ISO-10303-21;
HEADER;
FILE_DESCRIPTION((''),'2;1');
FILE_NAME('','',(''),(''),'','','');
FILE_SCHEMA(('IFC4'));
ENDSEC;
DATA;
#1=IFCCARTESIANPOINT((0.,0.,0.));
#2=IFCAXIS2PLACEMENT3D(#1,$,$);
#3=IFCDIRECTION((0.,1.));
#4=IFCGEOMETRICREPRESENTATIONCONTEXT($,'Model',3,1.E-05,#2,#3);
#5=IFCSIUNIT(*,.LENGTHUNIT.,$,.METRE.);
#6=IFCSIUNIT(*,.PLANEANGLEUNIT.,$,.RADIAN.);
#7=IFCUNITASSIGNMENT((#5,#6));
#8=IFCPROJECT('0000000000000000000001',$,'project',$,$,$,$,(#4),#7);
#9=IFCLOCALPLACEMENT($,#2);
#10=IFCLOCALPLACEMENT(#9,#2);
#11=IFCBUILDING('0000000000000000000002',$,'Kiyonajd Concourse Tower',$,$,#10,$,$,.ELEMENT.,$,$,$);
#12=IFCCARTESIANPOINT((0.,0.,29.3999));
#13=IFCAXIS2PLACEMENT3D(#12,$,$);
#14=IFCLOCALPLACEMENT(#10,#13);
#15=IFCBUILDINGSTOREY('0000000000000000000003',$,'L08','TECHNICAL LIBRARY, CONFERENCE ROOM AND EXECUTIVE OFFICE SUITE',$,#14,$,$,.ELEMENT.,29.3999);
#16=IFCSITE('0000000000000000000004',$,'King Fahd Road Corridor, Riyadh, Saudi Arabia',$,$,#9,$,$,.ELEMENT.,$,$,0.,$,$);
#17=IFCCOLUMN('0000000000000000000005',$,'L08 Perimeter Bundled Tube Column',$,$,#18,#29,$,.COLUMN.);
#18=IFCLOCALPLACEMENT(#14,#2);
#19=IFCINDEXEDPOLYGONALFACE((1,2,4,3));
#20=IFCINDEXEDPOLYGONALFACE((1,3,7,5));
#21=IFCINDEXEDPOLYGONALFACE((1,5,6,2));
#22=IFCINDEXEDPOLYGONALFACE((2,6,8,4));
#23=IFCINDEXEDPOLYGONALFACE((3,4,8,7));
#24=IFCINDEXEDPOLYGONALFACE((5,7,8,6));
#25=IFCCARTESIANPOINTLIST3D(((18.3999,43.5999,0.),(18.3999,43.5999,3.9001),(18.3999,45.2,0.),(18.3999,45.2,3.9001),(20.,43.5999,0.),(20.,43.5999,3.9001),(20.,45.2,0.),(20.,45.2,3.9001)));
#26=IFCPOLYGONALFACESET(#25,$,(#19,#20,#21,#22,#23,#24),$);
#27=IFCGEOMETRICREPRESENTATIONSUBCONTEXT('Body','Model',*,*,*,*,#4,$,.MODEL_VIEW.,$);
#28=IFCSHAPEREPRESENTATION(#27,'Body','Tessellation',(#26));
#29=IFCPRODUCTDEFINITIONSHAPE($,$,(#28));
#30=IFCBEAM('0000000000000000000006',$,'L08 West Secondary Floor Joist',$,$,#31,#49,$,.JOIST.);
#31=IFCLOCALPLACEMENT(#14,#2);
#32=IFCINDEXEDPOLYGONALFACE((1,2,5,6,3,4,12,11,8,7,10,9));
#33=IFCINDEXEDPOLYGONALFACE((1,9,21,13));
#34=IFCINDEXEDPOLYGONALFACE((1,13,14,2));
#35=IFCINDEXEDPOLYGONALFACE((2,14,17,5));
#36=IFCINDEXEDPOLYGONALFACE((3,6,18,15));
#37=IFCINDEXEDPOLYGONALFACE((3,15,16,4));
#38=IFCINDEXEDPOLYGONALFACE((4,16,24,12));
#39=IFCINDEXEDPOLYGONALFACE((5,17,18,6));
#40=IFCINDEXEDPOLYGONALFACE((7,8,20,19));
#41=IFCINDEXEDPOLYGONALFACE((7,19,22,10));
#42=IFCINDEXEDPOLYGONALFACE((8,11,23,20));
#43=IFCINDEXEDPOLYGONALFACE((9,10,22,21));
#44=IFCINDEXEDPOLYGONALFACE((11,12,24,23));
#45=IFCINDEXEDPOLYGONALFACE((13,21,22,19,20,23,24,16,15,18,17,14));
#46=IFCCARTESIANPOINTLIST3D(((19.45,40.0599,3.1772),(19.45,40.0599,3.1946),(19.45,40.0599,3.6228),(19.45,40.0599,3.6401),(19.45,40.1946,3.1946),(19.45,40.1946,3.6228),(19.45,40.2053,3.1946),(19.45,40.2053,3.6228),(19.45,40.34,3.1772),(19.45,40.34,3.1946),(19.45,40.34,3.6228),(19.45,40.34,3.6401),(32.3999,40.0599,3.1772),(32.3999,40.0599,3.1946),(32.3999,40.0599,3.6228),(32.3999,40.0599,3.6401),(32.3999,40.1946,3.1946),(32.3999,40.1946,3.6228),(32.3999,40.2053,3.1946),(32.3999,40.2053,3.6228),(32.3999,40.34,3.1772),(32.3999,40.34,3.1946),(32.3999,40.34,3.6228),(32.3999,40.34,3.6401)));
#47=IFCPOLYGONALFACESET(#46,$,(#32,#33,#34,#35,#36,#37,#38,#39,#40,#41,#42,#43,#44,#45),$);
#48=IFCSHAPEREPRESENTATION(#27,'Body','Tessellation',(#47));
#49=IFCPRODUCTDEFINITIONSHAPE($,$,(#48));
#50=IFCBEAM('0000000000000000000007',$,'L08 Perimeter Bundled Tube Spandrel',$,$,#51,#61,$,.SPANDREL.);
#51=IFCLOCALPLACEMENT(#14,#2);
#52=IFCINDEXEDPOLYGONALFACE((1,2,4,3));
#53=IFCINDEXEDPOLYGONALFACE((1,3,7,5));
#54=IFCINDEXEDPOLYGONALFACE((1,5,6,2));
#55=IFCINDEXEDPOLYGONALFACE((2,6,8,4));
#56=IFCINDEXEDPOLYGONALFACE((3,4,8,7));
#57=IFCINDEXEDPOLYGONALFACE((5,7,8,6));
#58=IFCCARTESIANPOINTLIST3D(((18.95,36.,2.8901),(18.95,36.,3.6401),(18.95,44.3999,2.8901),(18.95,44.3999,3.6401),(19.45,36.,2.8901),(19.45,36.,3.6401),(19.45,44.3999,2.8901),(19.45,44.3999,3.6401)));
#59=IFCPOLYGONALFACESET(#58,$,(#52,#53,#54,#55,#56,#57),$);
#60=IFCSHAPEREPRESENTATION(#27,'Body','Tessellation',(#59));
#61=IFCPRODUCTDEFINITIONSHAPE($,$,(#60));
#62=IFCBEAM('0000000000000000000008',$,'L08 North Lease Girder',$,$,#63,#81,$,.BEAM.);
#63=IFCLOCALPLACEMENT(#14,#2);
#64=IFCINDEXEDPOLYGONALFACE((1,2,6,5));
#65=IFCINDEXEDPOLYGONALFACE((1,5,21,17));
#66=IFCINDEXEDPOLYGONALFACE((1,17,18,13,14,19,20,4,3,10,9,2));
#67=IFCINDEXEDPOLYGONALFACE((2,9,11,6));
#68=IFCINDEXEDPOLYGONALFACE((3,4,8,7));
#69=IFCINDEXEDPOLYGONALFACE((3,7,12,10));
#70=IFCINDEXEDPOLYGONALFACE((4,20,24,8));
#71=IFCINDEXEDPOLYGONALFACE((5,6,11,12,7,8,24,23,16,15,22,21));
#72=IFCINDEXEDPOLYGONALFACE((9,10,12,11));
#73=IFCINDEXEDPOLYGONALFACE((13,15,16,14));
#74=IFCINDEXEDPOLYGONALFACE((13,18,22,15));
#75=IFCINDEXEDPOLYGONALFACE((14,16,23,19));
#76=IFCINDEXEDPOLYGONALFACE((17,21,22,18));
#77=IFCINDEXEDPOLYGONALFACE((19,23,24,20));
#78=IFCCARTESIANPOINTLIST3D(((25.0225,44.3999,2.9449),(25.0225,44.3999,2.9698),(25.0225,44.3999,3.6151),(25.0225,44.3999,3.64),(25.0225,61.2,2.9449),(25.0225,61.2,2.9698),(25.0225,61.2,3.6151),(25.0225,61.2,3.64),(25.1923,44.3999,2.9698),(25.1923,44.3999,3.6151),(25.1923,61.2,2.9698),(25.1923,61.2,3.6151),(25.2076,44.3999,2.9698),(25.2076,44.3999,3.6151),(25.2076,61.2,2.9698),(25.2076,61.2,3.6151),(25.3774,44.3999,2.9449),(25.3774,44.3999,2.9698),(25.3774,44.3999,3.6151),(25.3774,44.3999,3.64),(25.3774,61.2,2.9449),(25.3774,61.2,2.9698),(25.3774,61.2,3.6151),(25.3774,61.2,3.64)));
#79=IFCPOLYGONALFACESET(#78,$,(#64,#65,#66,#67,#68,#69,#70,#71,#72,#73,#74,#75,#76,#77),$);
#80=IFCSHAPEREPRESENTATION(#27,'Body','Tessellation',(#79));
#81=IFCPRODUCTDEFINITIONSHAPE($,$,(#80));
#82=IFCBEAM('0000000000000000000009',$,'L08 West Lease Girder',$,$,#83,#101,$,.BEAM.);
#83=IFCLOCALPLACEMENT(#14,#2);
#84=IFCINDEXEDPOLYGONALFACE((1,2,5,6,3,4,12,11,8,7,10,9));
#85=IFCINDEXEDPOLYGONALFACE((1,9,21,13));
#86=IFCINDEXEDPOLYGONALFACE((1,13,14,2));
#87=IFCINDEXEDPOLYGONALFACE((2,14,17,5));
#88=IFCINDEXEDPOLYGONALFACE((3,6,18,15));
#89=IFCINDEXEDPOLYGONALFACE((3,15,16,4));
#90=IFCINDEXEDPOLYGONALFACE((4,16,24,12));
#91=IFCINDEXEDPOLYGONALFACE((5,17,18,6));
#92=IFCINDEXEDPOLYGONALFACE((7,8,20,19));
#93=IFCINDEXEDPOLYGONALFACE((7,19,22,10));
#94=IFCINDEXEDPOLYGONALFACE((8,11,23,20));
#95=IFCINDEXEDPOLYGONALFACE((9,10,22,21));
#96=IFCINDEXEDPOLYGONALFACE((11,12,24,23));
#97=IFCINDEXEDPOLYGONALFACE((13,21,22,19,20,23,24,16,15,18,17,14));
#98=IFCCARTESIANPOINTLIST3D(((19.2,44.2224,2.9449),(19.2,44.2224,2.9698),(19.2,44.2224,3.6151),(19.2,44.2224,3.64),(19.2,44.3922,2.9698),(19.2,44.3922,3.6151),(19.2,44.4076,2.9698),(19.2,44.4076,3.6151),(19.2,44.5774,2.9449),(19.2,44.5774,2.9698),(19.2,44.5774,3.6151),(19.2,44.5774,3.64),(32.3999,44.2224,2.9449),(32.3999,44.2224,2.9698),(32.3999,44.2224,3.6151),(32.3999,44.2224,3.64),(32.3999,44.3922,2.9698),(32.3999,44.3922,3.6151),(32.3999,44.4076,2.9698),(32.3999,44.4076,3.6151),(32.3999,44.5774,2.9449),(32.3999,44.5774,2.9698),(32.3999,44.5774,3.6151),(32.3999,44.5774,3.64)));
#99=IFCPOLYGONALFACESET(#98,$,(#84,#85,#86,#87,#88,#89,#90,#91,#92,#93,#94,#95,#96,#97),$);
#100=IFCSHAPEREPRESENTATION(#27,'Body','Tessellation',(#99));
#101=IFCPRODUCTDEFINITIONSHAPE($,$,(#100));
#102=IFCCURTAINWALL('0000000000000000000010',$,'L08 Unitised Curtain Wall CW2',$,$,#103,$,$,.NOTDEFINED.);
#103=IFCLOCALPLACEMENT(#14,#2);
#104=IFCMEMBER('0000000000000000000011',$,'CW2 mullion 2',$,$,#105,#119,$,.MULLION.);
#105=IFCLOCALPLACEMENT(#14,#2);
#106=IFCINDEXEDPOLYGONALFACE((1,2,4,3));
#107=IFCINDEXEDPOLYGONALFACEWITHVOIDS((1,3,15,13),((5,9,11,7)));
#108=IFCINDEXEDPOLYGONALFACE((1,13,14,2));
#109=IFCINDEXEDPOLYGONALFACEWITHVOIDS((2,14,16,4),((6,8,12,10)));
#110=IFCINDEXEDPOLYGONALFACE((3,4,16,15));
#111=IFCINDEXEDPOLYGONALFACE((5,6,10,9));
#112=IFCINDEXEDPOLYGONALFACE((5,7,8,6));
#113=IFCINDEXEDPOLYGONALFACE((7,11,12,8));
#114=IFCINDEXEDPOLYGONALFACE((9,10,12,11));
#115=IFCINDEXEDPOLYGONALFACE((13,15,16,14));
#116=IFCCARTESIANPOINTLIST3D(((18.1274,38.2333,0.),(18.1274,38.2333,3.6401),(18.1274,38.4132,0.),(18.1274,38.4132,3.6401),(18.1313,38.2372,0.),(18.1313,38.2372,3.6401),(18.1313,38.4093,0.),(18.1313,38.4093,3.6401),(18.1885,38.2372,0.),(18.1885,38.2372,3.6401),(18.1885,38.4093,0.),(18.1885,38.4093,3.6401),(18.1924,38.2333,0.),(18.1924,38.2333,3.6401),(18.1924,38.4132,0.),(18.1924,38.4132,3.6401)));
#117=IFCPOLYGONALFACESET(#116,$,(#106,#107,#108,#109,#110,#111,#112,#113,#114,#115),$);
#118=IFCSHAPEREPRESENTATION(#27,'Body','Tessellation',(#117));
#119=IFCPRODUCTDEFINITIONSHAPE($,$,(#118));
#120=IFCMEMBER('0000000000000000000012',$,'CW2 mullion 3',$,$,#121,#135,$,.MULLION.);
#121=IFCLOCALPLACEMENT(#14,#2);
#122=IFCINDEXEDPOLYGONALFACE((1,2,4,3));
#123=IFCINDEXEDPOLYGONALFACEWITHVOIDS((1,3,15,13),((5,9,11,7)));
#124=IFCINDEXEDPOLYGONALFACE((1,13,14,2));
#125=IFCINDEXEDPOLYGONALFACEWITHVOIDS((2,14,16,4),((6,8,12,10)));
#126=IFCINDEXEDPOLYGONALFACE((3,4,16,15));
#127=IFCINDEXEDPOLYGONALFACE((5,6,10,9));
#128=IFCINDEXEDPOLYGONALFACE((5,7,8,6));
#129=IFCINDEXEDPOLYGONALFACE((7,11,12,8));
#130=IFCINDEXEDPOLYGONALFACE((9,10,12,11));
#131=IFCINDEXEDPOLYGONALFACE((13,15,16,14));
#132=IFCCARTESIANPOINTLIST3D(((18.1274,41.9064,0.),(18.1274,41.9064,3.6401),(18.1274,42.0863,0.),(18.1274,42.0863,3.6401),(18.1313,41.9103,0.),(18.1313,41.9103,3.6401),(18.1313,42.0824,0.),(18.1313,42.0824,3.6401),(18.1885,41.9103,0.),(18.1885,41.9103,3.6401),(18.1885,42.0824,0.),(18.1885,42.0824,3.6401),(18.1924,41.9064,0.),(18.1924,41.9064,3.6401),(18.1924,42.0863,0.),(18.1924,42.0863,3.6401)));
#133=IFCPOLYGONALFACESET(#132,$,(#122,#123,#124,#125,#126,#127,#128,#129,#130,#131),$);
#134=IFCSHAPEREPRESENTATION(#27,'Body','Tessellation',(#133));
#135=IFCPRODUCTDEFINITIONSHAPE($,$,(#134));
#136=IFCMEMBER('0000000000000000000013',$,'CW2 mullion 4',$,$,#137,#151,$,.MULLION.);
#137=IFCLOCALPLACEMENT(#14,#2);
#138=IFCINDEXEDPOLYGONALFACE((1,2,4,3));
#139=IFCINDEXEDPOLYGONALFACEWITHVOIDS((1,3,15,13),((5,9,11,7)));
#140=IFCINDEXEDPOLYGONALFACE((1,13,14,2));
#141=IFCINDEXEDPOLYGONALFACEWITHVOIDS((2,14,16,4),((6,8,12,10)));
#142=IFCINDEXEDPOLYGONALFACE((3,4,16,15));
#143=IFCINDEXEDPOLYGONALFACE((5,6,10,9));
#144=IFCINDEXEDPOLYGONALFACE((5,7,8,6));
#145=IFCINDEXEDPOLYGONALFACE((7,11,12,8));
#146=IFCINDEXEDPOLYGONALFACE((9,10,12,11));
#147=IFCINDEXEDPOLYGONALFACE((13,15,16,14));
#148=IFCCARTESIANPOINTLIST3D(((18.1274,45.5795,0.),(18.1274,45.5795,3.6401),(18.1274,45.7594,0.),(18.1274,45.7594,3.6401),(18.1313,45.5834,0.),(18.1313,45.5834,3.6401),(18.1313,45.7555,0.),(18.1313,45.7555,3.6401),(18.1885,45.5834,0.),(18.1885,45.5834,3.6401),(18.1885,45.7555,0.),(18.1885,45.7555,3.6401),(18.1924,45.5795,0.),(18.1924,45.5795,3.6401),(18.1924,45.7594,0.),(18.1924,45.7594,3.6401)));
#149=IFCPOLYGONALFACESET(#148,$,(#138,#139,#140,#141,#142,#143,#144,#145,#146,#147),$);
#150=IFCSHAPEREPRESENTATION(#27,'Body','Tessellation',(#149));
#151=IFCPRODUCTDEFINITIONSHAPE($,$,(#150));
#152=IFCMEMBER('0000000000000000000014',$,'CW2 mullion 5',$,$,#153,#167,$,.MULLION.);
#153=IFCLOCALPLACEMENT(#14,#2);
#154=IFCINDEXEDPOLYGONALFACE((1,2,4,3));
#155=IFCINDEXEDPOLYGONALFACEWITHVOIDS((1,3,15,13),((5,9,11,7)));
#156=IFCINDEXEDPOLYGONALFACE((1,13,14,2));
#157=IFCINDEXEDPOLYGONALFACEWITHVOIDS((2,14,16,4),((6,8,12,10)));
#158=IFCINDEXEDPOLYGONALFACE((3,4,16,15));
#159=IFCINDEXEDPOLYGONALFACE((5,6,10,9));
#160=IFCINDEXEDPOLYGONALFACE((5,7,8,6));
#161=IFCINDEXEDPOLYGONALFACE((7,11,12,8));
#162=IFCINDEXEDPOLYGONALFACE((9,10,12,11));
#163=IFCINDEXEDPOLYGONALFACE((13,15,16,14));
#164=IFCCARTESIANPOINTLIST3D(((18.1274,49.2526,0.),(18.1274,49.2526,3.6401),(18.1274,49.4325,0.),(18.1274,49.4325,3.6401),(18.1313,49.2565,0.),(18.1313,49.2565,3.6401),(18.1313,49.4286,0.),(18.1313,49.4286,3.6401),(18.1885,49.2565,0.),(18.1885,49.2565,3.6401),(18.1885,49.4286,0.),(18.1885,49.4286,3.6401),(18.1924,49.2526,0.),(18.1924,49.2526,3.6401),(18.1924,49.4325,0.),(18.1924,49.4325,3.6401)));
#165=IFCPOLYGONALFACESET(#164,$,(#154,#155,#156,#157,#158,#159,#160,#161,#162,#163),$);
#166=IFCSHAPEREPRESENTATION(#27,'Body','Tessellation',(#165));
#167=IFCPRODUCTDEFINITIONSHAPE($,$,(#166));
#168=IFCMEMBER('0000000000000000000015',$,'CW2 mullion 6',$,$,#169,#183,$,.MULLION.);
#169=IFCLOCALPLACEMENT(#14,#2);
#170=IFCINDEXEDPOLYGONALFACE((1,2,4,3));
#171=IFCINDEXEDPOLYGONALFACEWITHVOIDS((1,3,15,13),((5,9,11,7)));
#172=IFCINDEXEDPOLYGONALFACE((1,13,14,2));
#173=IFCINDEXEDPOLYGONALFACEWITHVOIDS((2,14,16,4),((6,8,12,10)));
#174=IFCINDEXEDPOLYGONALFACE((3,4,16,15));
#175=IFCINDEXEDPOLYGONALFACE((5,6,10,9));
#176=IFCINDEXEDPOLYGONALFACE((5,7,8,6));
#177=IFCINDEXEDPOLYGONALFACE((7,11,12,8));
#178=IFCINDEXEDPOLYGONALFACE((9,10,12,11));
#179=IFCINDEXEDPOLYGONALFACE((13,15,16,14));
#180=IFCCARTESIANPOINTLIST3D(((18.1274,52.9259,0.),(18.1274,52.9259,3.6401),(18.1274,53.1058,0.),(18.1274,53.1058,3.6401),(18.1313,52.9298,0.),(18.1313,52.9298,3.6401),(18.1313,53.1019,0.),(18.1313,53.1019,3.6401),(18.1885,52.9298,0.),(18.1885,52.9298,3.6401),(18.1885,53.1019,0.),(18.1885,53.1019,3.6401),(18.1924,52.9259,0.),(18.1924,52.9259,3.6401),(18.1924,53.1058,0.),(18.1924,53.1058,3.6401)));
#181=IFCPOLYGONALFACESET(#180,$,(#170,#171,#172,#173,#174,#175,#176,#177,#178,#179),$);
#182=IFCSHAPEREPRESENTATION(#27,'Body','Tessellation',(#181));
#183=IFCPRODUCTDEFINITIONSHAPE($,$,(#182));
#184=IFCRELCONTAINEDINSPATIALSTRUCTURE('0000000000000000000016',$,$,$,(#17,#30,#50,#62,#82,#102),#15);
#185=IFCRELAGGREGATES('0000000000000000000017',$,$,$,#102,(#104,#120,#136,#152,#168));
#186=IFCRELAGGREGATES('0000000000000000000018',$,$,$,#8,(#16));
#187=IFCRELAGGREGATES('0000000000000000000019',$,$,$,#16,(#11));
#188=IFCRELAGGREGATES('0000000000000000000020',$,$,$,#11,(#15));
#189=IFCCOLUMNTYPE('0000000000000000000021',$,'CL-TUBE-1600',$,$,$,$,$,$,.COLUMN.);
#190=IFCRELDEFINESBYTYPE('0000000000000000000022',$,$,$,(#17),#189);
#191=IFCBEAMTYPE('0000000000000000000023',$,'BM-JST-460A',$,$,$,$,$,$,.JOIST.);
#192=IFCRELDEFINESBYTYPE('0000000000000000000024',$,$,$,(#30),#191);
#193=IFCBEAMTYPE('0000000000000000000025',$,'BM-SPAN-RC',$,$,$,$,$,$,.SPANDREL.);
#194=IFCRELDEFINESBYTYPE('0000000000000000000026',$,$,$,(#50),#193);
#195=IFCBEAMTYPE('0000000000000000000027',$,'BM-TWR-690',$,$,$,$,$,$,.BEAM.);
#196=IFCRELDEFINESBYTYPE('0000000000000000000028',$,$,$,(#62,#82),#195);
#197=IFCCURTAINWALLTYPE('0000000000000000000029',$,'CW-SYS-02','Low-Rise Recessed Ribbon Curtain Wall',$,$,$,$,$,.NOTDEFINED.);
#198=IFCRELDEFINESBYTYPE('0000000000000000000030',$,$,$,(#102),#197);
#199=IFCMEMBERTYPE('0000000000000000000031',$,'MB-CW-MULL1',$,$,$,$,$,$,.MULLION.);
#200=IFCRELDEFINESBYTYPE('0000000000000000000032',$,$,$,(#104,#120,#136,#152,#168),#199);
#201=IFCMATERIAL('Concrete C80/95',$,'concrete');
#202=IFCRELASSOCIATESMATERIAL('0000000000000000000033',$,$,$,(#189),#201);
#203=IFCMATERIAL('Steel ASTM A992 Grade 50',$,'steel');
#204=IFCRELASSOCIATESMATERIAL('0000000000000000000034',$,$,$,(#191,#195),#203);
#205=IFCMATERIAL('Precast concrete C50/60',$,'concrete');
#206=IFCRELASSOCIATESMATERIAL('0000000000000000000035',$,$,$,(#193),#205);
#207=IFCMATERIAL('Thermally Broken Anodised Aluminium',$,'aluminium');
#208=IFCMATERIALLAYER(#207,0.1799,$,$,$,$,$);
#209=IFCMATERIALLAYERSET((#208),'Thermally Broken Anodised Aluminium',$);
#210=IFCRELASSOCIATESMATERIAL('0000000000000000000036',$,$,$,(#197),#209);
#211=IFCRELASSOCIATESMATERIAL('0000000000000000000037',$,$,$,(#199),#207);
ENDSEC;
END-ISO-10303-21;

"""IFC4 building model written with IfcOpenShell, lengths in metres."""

from ifc_helpers import new_model, si_unit, direction, frame, origin, origin_2d, place, context, subcontext, project, spatial, rectangle, hollow_rectangle, i_section, extrude, material, layer, layer_set, material_profile, profile_set, type_object, element, aggregate, save


model = new_model("IFC4")

# Units and contexts
model_context = context("Model", 3, precision=1e-05, world=origin(), true_north=direction((0.0, 1.0)))
body_context = subcontext(model_context, "Body", "Model", "MODEL_VIEW")
ifc_project = project(units=[si_unit("LENGTHUNIT", "METRE"), si_unit("PLANEANGLEUNIT", "RADIAN")], contexts=[model_context])

# Site, building, storey
site_placement = place(None, origin())
site = spatial("IfcSite", under=ifc_project, at=site_placement, Name="King Fahd Road Corridor, Riyadh, Saudi Arabia", CompositionType="ELEMENT", RefElevation=0.0)
building_placement = place(site_placement, origin())
building = spatial("IfcBuilding", under=site, at=building_placement, Name="Kiyonajd Concourse Tower", CompositionType="ELEMENT")
storey_placement = place(building_placement, frame((0.0, 0.0, 29.3999)))
storey = spatial("IfcBuildingStorey", under=building, at=storey_placement, Name="L08", Description="TECHNICAL LIBRARY, CONFERENCE ROOM AND EXECUTIVE OFFICE SUITE", CompositionType="ELEMENT", Elevation=29.3999)

# Column
ifc_material_1 = material(Name="Concrete C80/95", Category="concrete")
ifc_material_profile_1 = material_profile(ifc_material_1, rectangle(XDim=1.6001, YDim=1.6001, at=origin_2d()), Name="RC-1600x1600")
ifc_profile_set_1 = profile_set([ifc_material_profile_1], Name="Concrete C80/95")
column_type = type_object("IfcColumnType", Name="CL-TUBE-1600", PredefinedType="COLUMN", material=ifc_profile_set_1)
column_placement = place(storey_placement, frame((19.2, 44.3999, 0.0), z_axis=(0.0, 0.0, 1.0), x_axis=(1.0, 0.0, 0.0)))
element("IfcColumn", 1, at=column_placement, inside=storey, type_object=column_type, Name="L08 Perimeter Bundled Tube Column", PredefinedType="COLUMN", context=body_context, shape_type="SweptSolid", body=[
    extrude(rectangle(XDim=1.6001, YDim=1.6001, at=origin_2d()), origin(), (0.0, 0.0, 1.0), 3.9001),
])

# Beams
ifc_material_2 = material(Name="Steel ASTM A992 Grade 50", Category="steel")
ifc_material_profile_2 = material_profile(ifc_material_2, i_section(OverallWidth=0.28, OverallDepth=0.4629, WebThickness=0.0107, FlangeThickness=0.0173, at=origin_2d()), Name="W460X113")
ifc_profile_set_2 = profile_set([ifc_material_profile_2], Name="Steel ASTM A992 Grade 50")
beam_type_1 = type_object("IfcBeamType", Name="BM-JST-460A", PredefinedType="JOIST", material=ifc_profile_set_2)
beam_1_placement = place(storey_placement, frame((19.45, 40.2, 3.4087), z_axis=(1.0, 0.0, 0.0), x_axis=(0.0, 1.0, 0.0)))
element("IfcBeam", 2, at=beam_1_placement, inside=storey, type_object=beam_type_1, Name="L08 West Secondary Floor Joist", PredefinedType="JOIST", context=body_context, shape_type="SweptSolid", body=[
    extrude(i_section(OverallWidth=0.28, OverallDepth=0.4629, WebThickness=0.0107, FlangeThickness=0.0173, at=origin_2d()), origin(), (0.0, 0.0, 1.0), 12.95),
])
ifc_material_3 = material(Name="Precast concrete C50/60", Category="concrete")
ifc_material_profile_3 = material_profile(ifc_material_3, rectangle(XDim=0.5, YDim=0.75, at=origin_2d()), Name="RCBM-500x750")
ifc_profile_set_3 = profile_set([ifc_material_profile_3], Name="Precast concrete C50/60")
beam_type_2 = type_object("IfcBeamType", Name="BM-SPAN-RC", PredefinedType="SPANDREL", material=ifc_profile_set_3)
beam_2_placement = place(storey_placement, frame((19.2, 44.3999, 3.2651), z_axis=(0.0, -1.0, 0.0), x_axis=(1.0, 0.0, 0.0)))
element("IfcBeam", 3, at=beam_2_placement, inside=storey, type_object=beam_type_2, Name="L08 Perimeter Bundled Tube Spandrel", PredefinedType="SPANDREL", context=body_context, shape_type="SweptSolid", body=[
    extrude(rectangle(XDim=0.5, YDim=0.75, at=origin_2d()), origin(), (0.0, 0.0, 1.0), 8.3999),
])
ifc_material_profile_4 = material_profile(ifc_material_2, i_section(OverallWidth=0.355, OverallDepth=0.6951, WebThickness=0.0154, FlangeThickness=0.0249, at=origin_2d()), Name="W690X217")
ifc_profile_set_4 = profile_set([ifc_material_profile_4], Name="Steel ASTM A992 Grade 50")
beam_type_3 = type_object("IfcBeamType", Name="BM-TWR-690", PredefinedType="BEAM", material=ifc_profile_set_4)
beam_3_placement = place(storey_placement, frame((25.2, 44.3999, 3.2925), z_axis=(0.0, 1.0, 0.0), x_axis=(-1.0, 0.0, 0.0)))
element("IfcBeam", 4, at=beam_3_placement, inside=storey, type_object=beam_type_3, Name="L08 North Lease Girder", PredefinedType="BEAM", context=body_context, shape_type="SweptSolid", body=[
    extrude(i_section(OverallWidth=0.355, OverallDepth=0.6951, WebThickness=0.0154, FlangeThickness=0.0249, at=origin_2d()), origin(), (0.0, 0.0, 1.0), 16.8),
])
beam_4_placement = place(storey_placement, frame((19.2, 44.3999, 3.2925), z_axis=(1.0, 0.0, 0.0), x_axis=(0.0, 1.0, 0.0)))
element("IfcBeam", 5, at=beam_4_placement, inside=storey, type_object=beam_type_3, Name="L08 West Lease Girder", PredefinedType="BEAM", context=body_context, shape_type="SweptSolid", body=[
    extrude(i_section(OverallWidth=0.355, OverallDepth=0.6951, WebThickness=0.0154, FlangeThickness=0.0249, at=origin_2d()), origin(), (0.0, 0.0, 1.0), 13.2),
])

# Curtain wall, members
ifc_material_4 = material(Name="Thermally Broken Anodised Aluminium", Category="aluminium")
ifc_layer_1 = layer(ifc_material_4, 0.1799)
ifc_layer_set_1 = layer_set([ifc_layer_1], Name="Thermally Broken Anodised Aluminium")
curtain_wall_type = type_object("IfcCurtainWallType", Name="CW-SYS-02", Description="Low-Rise Recessed Ribbon Curtain Wall", PredefinedType="NOTDEFINED", material=ifc_layer_set_1)
curtain_wall_placement = place(storey_placement, origin())
curtain_wall = element("IfcCurtainWall", 6, at=curtain_wall_placement, inside=storey, type_object=curtain_wall_type, Name="L08 Unitised Curtain Wall CW2", PredefinedType="NOTDEFINED")
ifc_material_profile_5 = material_profile(ifc_material_4, hollow_rectangle(XDim=0.0649, YDim=0.1799, WallThickness=0.0039, at=origin_2d()), Name="MULL-65x180")
ifc_profile_set_5 = profile_set([ifc_material_profile_5], Name="Thermally Broken Anodised Aluminium")
member_type_1 = type_object("IfcMemberType", Name="MB-CW-MULL1", PredefinedType="MULLION", material=ifc_profile_set_5)
member_1_placement = place(storey_placement, frame((18.1599, 38.3232, 0.0), z_axis=(0.0, 0.0, 1.0), x_axis=(-1.0, 0.0, 0.0)))
member_1 = element("IfcMember", 7, at=member_1_placement, type_object=member_type_1, Name="CW2 mullion 2", PredefinedType="MULLION", context=body_context, shape_type="SweptSolid", body=[
    extrude(hollow_rectangle(XDim=0.0649, YDim=0.1799, WallThickness=0.0039, at=origin_2d()), origin(), (0.0, 0.0, 1.0), 3.6401),
])
member_2_placement = place(storey_placement, frame((18.1599, 41.9963, 0.0), z_axis=(0.0, 0.0, 1.0), x_axis=(-1.0, 0.0, 0.0)))
member_2 = element("IfcMember", 8, at=member_2_placement, type_object=member_type_1, Name="CW2 mullion 3", PredefinedType="MULLION", context=body_context, shape_type="SweptSolid", body=[
    extrude(hollow_rectangle(XDim=0.0649, YDim=0.1799, WallThickness=0.0039, at=origin_2d()), origin(), (0.0, 0.0, 1.0), 3.6401),
])
member_3_placement = place(storey_placement, frame((18.1599, 45.6694, 0.0), z_axis=(0.0, 0.0, 1.0), x_axis=(-1.0, 0.0, 0.0)))
member_3 = element("IfcMember", 9, at=member_3_placement, type_object=member_type_1, Name="CW2 mullion 4", PredefinedType="MULLION", context=body_context, shape_type="SweptSolid", body=[
    extrude(hollow_rectangle(XDim=0.0649, YDim=0.1799, WallThickness=0.0039, at=origin_2d()), origin(), (0.0, 0.0, 1.0), 3.6401),
])
member_4_placement = place(storey_placement, frame((18.1599, 49.3425, 0.0), z_axis=(0.0, 0.0, 1.0), x_axis=(-1.0, 0.0, 0.0)))
member_4 = element("IfcMember", 10, at=member_4_placement, type_object=member_type_1, Name="CW2 mullion 5", PredefinedType="MULLION", context=body_context, shape_type="SweptSolid", body=[
    extrude(hollow_rectangle(XDim=0.0649, YDim=0.1799, WallThickness=0.0039, at=origin_2d()), origin(), (0.0, 0.0, 1.0), 3.6401),
])
member_5_placement = place(storey_placement, frame((18.1599, 53.0159, 0.0), z_axis=(0.0, 0.0, 1.0), x_axis=(-1.0, 0.0, 0.0)))
member_5 = element("IfcMember", 11, at=member_5_placement, type_object=member_type_1, Name="CW2 mullion 6", PredefinedType="MULLION", context=body_context, shape_type="SweptSolid", body=[
    extrude(hollow_rectangle(XDim=0.0649, YDim=0.1799, WallThickness=0.0039, at=origin_2d()), origin(), (0.0, 0.0, 1.0), 3.6401),
])
aggregate(curtain_wall, [member_1, member_2, member_3, member_4, member_5])

save(model, "model.ifc")
